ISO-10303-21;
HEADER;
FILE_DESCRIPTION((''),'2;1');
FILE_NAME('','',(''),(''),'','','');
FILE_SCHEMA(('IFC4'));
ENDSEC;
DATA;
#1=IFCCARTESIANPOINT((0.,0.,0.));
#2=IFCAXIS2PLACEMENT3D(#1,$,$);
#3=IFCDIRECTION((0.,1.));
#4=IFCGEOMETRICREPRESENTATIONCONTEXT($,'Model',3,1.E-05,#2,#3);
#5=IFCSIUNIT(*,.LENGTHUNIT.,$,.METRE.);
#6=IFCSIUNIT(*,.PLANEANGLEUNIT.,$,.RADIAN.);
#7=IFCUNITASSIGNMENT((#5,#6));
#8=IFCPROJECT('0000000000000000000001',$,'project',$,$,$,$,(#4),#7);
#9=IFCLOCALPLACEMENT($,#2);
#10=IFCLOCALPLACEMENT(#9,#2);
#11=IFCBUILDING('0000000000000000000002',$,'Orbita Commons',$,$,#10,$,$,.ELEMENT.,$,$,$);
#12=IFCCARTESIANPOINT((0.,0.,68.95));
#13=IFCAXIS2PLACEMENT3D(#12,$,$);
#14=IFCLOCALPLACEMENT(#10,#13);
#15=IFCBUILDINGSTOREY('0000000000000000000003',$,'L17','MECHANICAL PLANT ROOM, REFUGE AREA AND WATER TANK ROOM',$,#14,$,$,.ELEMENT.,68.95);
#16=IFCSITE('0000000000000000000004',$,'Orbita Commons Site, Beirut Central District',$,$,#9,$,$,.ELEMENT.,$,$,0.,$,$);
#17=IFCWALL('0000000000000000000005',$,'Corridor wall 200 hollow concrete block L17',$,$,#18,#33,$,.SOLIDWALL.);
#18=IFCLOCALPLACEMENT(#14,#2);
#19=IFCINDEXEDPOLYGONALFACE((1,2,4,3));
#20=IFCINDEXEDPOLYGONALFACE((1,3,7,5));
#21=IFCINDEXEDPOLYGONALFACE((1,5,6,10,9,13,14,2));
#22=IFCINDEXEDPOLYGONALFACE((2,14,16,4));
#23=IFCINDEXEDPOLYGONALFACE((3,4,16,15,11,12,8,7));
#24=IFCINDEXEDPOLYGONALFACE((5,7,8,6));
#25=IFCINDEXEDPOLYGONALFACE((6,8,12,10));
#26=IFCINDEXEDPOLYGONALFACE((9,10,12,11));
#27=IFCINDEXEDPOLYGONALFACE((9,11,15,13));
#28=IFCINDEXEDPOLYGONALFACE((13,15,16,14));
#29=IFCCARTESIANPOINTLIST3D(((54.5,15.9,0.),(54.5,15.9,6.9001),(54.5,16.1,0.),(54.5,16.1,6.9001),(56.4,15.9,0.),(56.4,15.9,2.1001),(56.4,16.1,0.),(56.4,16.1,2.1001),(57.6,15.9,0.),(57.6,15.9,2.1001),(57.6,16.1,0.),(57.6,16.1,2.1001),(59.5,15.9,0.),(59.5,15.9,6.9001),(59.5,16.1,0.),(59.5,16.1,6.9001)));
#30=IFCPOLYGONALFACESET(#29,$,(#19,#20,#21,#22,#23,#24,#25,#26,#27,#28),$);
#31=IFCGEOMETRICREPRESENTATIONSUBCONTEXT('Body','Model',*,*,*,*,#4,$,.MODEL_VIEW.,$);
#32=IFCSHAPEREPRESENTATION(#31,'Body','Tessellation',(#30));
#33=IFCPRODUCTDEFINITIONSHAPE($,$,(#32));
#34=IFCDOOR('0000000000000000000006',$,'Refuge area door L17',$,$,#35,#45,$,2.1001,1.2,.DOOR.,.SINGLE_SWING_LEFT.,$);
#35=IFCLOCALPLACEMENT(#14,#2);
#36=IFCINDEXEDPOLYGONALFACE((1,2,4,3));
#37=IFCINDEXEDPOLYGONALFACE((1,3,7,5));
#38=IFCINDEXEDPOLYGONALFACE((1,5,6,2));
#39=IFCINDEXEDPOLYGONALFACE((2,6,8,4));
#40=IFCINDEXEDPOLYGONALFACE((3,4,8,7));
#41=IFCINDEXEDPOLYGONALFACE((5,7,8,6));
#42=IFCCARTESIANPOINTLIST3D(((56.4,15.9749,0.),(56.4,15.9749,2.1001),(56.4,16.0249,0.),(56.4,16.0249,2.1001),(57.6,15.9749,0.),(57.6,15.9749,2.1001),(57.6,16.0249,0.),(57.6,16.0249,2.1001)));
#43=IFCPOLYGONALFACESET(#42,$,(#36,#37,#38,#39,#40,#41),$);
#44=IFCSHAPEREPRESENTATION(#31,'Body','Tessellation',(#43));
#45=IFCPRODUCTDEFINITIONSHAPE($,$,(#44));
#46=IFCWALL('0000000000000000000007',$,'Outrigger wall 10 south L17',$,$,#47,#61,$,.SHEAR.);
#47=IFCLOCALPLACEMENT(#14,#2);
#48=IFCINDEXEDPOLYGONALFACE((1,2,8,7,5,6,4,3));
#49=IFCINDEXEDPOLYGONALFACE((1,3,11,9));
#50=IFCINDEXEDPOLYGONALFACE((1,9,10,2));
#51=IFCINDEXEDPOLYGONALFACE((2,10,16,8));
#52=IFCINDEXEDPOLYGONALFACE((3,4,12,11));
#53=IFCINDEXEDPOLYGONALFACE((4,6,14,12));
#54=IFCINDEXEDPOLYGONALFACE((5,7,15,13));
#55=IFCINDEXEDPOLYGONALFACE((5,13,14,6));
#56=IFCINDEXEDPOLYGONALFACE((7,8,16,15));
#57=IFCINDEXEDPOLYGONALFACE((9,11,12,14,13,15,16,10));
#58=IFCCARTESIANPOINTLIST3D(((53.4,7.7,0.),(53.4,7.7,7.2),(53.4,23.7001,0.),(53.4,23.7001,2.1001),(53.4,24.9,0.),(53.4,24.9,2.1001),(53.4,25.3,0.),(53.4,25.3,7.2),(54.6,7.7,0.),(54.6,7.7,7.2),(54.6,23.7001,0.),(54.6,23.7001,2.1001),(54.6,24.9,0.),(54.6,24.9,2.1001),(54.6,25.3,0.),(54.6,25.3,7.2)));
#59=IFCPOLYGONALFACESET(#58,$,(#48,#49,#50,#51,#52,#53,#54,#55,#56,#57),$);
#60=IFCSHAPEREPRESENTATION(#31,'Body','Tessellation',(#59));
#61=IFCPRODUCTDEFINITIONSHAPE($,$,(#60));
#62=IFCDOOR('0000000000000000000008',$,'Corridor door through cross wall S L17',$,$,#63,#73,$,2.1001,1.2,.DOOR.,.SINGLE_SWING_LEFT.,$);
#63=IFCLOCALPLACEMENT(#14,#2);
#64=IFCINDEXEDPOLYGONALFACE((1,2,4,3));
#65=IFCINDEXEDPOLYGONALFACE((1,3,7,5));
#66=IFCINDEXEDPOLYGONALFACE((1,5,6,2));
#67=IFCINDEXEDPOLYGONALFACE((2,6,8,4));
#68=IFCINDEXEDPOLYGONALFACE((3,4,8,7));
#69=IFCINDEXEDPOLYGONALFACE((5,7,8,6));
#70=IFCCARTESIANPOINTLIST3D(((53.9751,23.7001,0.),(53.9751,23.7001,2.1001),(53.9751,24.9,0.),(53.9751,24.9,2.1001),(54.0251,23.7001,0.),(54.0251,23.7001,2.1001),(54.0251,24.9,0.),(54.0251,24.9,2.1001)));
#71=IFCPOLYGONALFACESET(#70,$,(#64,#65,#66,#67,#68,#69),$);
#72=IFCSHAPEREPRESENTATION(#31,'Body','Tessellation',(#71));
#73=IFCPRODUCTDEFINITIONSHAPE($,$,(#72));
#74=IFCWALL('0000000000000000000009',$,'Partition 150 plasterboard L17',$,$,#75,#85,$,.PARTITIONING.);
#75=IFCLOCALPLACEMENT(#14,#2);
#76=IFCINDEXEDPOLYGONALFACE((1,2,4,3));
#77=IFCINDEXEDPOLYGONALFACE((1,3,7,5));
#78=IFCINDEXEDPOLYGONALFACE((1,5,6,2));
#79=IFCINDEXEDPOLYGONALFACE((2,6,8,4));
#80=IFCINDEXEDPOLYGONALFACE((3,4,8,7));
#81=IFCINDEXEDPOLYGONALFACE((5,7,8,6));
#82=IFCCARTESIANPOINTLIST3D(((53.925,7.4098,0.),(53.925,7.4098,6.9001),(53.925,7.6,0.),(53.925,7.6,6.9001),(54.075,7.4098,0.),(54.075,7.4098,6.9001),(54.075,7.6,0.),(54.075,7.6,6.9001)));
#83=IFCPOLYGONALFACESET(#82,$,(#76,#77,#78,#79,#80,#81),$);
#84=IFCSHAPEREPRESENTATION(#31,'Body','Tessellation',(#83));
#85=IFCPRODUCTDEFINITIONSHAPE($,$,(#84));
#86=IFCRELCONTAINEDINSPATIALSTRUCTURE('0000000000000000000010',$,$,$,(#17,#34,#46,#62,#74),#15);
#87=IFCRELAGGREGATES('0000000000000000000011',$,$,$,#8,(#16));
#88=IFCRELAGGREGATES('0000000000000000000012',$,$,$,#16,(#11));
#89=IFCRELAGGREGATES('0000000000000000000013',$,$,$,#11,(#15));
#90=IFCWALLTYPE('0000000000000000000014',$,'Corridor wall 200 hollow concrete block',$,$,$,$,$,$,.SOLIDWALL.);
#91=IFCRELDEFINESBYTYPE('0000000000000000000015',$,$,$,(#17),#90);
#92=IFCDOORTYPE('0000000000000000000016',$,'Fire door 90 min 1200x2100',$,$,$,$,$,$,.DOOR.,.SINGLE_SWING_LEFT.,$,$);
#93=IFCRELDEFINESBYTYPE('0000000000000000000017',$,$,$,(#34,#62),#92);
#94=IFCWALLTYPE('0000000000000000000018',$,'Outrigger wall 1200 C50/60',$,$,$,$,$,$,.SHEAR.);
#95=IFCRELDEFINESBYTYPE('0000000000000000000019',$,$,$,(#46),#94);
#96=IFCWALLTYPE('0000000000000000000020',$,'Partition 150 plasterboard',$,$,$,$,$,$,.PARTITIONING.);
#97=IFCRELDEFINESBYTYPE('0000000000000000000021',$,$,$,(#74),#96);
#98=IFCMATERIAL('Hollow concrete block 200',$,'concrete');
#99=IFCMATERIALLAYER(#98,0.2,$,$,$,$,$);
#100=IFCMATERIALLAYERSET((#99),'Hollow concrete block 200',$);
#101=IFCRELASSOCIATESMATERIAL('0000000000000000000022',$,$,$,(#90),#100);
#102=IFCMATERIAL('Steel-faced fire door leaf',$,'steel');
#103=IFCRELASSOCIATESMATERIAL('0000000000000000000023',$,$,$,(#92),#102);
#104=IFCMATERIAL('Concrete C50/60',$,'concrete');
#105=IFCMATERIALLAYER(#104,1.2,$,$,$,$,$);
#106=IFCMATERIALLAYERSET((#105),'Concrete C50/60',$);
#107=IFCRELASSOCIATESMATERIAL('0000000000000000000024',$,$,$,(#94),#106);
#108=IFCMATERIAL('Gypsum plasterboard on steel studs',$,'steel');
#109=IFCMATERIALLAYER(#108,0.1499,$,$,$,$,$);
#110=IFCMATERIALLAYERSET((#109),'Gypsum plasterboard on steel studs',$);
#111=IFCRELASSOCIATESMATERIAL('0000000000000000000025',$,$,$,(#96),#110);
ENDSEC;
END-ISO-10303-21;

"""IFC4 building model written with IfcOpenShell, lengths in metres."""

from ifc_helpers import new_model, si_unit, direction, frame, frame_2d, origin, place, context, subcontext, project, spatial, rectangle, extrude, material, layer, layer_set, type_object, element, fill, save


model = new_model("IFC4")

# Units and contexts
model_context = context("Model", 3, precision=1e-05, world=origin(), true_north=direction((0.0, 1.0)))
body_context = subcontext(model_context, "Body", "Model", "MODEL_VIEW")
ifc_project = project(units=[si_unit("LENGTHUNIT", "METRE"), si_unit("PLANEANGLEUNIT", "RADIAN")], contexts=[model_context])

# Site, building, storey
site_placement = place(None, origin())
site = spatial("IfcSite", under=ifc_project, at=site_placement, Name="Orbita Commons Site, Beirut Central District", CompositionType="ELEMENT", RefElevation=0.0)
building_placement = place(site_placement, origin())
building = spatial("IfcBuilding", under=site, at=building_placement, Name="Orbita Commons", CompositionType="ELEMENT")
storey_placement = place(building_placement, frame((0.0, 0.0, 68.95)))
storey = spatial("IfcBuildingStorey", under=building, at=storey_placement, Name="L17", Description="MECHANICAL PLANT ROOM, REFUGE AREA AND WATER TANK ROOM", CompositionType="ELEMENT", Elevation=68.95)

# Walls, openings, doors
ifc_material_1 = material(Name="Hollow concrete block 200", Category="concrete")
ifc_layer_1 = layer(ifc_material_1, 0.2)
ifc_layer_set_1 = layer_set([ifc_layer_1], Name="Hollow concrete block 200")
wall_type_1 = type_object("IfcWallType", Name="Corridor wall 200 hollow concrete block", PredefinedType="SOLIDWALL", material=ifc_layer_set_1)
ifc_material_2 = material(Name="Steel-faced fire door leaf", Category="steel")
door_type = type_object("IfcDoorType", Name="Fire door 90 min 1200x2100", OperationType="SINGLE_SWING_LEFT", PredefinedType="DOOR", material=ifc_material_2)
wall_1_placement = place(storey_placement, frame((54.5, 16.0, 0.0), z_axis=(0.0, 0.0, 1.0), x_axis=(1.0, 0.0, 0.0)))
wall_1 = element("IfcWall", 1, at=wall_1_placement, inside=storey, type_object=wall_type_1, Name="Corridor wall 200 hollow concrete block L17", PredefinedType="SOLIDWALL", context=body_context, shape_type="SweptSolid", body=[
    extrude(rectangle(XDim=5.0, YDim=0.2, at=frame_2d((2.5, 0.0))), origin(), (0.0, 0.0, 1.0), 6.9001),
])
opening_1_placement = place(wall_1_placement, frame((1.8999, 0.0, 0.0)))
opening_1 = element("IfcOpeningElement", 2, at=opening_1_placement, cuts=wall_1, PredefinedType="OPENING", context=body_context, shape_type="SweptSolid", body=[
    extrude(rectangle(XDim=1.2, YDim=2.1001, at=frame_2d((0.6001, 1.05))), frame((0.0, 0.1099, 0.0), z_axis=(0.0, -1.0, 0.0), x_axis=(1.0, 0.0, 0.0)), (0.0, 0.0, 1.0), 0.22),
])
door_1_placement = place(opening_1_placement, origin())
door_1 = element("IfcDoor", 3, at=door_1_placement, inside=storey, type_object=door_type, Name="Refuge area door L17", OperationType="SINGLE_SWING_LEFT", OverallHeight=2.1001, OverallWidth=1.2, PredefinedType="DOOR", context=body_context, shape_type="SweptSolid", body=[
    extrude(rectangle(XDim=1.2, YDim=2.1001, at=frame_2d((0.6001, 1.05))), frame((0.0, 0.0249, 0.0), z_axis=(0.0, -1.0, 0.0), x_axis=(1.0, 0.0, 0.0)), (0.0, 0.0, 1.0), 0.05),
])
fill(opening_1, door_1)
ifc_material_3 = material(Name="Concrete C50/60", Category="concrete")
ifc_layer_2 = layer(ifc_material_3, 1.2)
ifc_layer_set_2 = layer_set([ifc_layer_2], Name="Concrete C50/60")
wall_type_2 = type_object("IfcWallType", Name="Outrigger wall 1200 C50/60", PredefinedType="SHEAR", material=ifc_layer_set_2)
wall_2_placement = place(storey_placement, frame((54.0, 7.7, 0.0), z_axis=(0.0, 0.0, 1.0), x_axis=(0.0, 1.0, 0.0)))
wall_2 = element("IfcWall", 4, at=wall_2_placement, inside=storey, type_object=wall_type_2, Name="Outrigger wall 10 south L17", PredefinedType="SHEAR", context=body_context, shape_type="SweptSolid", body=[
    extrude(rectangle(XDim=17.6001, YDim=1.2, at=frame_2d((8.8, 0.0))), origin(), (0.0, 0.0, 1.0), 7.2),
])
opening_2_placement = place(wall_2_placement, frame((16.0, 0.0, 0.0)))
opening_2 = element("IfcOpeningElement", 5, at=opening_2_placement, cuts=wall_2, PredefinedType="OPENING", context=body_context, shape_type="SweptSolid", body=[
    extrude(rectangle(XDim=1.2, YDim=2.1001, at=frame_2d((0.6001, 1.05))), frame((0.0, 0.6099, 0.0), z_axis=(0.0, -1.0, 0.0), x_axis=(1.0, 0.0, 0.0)), (0.0, 0.0, 1.0), 1.22),
])
door_2_placement = place(opening_2_placement, origin())
door_2 = element("IfcDoor", 6, at=door_2_placement, inside=storey, type_object=door_type, Name="Corridor door through cross wall S L17", OperationType="SINGLE_SWING_LEFT", OverallHeight=2.1001, OverallWidth=1.2, PredefinedType="DOOR", context=body_context, shape_type="SweptSolid", body=[
    extrude(rectangle(XDim=1.2, YDim=2.1001, at=frame_2d((0.6001, 1.05))), frame((0.0, 0.0249, 0.0), z_axis=(0.0, -1.0, 0.0), x_axis=(1.0, 0.0, 0.0)), (0.0, 0.0, 1.0), 0.05),
])
fill(opening_2, door_2)

# Wall
ifc_material_4 = material(Name="Gypsum plasterboard on steel studs", Category="steel")
ifc_layer_3 = layer(ifc_material_4, 0.1499)
ifc_layer_set_3 = layer_set([ifc_layer_3], Name="Gypsum plasterboard on steel studs")
wall_type_3 = type_object("IfcWallType", Name="Partition 150 plasterboard", PredefinedType="PARTITIONING", material=ifc_layer_set_3)
wall_3_placement = place(storey_placement, frame((54.0, 7.6001, 0.0), z_axis=(0.0, 0.0, 1.0), x_axis=(0.0, -1.0, 0.0)))
element("IfcWall", 7, at=wall_3_placement, inside=storey, type_object=wall_type_3, Name="Partition 150 plasterboard L17", PredefinedType="PARTITIONING", context=body_context, shape_type="SweptSolid", body=[
    extrude(rectangle(XDim=0.1902, YDim=0.1499, at=frame_2d((0.0952, 0.0))), origin(), (0.0, 0.0, 1.0), 6.9001),
])

save(model, "model.ifc")
